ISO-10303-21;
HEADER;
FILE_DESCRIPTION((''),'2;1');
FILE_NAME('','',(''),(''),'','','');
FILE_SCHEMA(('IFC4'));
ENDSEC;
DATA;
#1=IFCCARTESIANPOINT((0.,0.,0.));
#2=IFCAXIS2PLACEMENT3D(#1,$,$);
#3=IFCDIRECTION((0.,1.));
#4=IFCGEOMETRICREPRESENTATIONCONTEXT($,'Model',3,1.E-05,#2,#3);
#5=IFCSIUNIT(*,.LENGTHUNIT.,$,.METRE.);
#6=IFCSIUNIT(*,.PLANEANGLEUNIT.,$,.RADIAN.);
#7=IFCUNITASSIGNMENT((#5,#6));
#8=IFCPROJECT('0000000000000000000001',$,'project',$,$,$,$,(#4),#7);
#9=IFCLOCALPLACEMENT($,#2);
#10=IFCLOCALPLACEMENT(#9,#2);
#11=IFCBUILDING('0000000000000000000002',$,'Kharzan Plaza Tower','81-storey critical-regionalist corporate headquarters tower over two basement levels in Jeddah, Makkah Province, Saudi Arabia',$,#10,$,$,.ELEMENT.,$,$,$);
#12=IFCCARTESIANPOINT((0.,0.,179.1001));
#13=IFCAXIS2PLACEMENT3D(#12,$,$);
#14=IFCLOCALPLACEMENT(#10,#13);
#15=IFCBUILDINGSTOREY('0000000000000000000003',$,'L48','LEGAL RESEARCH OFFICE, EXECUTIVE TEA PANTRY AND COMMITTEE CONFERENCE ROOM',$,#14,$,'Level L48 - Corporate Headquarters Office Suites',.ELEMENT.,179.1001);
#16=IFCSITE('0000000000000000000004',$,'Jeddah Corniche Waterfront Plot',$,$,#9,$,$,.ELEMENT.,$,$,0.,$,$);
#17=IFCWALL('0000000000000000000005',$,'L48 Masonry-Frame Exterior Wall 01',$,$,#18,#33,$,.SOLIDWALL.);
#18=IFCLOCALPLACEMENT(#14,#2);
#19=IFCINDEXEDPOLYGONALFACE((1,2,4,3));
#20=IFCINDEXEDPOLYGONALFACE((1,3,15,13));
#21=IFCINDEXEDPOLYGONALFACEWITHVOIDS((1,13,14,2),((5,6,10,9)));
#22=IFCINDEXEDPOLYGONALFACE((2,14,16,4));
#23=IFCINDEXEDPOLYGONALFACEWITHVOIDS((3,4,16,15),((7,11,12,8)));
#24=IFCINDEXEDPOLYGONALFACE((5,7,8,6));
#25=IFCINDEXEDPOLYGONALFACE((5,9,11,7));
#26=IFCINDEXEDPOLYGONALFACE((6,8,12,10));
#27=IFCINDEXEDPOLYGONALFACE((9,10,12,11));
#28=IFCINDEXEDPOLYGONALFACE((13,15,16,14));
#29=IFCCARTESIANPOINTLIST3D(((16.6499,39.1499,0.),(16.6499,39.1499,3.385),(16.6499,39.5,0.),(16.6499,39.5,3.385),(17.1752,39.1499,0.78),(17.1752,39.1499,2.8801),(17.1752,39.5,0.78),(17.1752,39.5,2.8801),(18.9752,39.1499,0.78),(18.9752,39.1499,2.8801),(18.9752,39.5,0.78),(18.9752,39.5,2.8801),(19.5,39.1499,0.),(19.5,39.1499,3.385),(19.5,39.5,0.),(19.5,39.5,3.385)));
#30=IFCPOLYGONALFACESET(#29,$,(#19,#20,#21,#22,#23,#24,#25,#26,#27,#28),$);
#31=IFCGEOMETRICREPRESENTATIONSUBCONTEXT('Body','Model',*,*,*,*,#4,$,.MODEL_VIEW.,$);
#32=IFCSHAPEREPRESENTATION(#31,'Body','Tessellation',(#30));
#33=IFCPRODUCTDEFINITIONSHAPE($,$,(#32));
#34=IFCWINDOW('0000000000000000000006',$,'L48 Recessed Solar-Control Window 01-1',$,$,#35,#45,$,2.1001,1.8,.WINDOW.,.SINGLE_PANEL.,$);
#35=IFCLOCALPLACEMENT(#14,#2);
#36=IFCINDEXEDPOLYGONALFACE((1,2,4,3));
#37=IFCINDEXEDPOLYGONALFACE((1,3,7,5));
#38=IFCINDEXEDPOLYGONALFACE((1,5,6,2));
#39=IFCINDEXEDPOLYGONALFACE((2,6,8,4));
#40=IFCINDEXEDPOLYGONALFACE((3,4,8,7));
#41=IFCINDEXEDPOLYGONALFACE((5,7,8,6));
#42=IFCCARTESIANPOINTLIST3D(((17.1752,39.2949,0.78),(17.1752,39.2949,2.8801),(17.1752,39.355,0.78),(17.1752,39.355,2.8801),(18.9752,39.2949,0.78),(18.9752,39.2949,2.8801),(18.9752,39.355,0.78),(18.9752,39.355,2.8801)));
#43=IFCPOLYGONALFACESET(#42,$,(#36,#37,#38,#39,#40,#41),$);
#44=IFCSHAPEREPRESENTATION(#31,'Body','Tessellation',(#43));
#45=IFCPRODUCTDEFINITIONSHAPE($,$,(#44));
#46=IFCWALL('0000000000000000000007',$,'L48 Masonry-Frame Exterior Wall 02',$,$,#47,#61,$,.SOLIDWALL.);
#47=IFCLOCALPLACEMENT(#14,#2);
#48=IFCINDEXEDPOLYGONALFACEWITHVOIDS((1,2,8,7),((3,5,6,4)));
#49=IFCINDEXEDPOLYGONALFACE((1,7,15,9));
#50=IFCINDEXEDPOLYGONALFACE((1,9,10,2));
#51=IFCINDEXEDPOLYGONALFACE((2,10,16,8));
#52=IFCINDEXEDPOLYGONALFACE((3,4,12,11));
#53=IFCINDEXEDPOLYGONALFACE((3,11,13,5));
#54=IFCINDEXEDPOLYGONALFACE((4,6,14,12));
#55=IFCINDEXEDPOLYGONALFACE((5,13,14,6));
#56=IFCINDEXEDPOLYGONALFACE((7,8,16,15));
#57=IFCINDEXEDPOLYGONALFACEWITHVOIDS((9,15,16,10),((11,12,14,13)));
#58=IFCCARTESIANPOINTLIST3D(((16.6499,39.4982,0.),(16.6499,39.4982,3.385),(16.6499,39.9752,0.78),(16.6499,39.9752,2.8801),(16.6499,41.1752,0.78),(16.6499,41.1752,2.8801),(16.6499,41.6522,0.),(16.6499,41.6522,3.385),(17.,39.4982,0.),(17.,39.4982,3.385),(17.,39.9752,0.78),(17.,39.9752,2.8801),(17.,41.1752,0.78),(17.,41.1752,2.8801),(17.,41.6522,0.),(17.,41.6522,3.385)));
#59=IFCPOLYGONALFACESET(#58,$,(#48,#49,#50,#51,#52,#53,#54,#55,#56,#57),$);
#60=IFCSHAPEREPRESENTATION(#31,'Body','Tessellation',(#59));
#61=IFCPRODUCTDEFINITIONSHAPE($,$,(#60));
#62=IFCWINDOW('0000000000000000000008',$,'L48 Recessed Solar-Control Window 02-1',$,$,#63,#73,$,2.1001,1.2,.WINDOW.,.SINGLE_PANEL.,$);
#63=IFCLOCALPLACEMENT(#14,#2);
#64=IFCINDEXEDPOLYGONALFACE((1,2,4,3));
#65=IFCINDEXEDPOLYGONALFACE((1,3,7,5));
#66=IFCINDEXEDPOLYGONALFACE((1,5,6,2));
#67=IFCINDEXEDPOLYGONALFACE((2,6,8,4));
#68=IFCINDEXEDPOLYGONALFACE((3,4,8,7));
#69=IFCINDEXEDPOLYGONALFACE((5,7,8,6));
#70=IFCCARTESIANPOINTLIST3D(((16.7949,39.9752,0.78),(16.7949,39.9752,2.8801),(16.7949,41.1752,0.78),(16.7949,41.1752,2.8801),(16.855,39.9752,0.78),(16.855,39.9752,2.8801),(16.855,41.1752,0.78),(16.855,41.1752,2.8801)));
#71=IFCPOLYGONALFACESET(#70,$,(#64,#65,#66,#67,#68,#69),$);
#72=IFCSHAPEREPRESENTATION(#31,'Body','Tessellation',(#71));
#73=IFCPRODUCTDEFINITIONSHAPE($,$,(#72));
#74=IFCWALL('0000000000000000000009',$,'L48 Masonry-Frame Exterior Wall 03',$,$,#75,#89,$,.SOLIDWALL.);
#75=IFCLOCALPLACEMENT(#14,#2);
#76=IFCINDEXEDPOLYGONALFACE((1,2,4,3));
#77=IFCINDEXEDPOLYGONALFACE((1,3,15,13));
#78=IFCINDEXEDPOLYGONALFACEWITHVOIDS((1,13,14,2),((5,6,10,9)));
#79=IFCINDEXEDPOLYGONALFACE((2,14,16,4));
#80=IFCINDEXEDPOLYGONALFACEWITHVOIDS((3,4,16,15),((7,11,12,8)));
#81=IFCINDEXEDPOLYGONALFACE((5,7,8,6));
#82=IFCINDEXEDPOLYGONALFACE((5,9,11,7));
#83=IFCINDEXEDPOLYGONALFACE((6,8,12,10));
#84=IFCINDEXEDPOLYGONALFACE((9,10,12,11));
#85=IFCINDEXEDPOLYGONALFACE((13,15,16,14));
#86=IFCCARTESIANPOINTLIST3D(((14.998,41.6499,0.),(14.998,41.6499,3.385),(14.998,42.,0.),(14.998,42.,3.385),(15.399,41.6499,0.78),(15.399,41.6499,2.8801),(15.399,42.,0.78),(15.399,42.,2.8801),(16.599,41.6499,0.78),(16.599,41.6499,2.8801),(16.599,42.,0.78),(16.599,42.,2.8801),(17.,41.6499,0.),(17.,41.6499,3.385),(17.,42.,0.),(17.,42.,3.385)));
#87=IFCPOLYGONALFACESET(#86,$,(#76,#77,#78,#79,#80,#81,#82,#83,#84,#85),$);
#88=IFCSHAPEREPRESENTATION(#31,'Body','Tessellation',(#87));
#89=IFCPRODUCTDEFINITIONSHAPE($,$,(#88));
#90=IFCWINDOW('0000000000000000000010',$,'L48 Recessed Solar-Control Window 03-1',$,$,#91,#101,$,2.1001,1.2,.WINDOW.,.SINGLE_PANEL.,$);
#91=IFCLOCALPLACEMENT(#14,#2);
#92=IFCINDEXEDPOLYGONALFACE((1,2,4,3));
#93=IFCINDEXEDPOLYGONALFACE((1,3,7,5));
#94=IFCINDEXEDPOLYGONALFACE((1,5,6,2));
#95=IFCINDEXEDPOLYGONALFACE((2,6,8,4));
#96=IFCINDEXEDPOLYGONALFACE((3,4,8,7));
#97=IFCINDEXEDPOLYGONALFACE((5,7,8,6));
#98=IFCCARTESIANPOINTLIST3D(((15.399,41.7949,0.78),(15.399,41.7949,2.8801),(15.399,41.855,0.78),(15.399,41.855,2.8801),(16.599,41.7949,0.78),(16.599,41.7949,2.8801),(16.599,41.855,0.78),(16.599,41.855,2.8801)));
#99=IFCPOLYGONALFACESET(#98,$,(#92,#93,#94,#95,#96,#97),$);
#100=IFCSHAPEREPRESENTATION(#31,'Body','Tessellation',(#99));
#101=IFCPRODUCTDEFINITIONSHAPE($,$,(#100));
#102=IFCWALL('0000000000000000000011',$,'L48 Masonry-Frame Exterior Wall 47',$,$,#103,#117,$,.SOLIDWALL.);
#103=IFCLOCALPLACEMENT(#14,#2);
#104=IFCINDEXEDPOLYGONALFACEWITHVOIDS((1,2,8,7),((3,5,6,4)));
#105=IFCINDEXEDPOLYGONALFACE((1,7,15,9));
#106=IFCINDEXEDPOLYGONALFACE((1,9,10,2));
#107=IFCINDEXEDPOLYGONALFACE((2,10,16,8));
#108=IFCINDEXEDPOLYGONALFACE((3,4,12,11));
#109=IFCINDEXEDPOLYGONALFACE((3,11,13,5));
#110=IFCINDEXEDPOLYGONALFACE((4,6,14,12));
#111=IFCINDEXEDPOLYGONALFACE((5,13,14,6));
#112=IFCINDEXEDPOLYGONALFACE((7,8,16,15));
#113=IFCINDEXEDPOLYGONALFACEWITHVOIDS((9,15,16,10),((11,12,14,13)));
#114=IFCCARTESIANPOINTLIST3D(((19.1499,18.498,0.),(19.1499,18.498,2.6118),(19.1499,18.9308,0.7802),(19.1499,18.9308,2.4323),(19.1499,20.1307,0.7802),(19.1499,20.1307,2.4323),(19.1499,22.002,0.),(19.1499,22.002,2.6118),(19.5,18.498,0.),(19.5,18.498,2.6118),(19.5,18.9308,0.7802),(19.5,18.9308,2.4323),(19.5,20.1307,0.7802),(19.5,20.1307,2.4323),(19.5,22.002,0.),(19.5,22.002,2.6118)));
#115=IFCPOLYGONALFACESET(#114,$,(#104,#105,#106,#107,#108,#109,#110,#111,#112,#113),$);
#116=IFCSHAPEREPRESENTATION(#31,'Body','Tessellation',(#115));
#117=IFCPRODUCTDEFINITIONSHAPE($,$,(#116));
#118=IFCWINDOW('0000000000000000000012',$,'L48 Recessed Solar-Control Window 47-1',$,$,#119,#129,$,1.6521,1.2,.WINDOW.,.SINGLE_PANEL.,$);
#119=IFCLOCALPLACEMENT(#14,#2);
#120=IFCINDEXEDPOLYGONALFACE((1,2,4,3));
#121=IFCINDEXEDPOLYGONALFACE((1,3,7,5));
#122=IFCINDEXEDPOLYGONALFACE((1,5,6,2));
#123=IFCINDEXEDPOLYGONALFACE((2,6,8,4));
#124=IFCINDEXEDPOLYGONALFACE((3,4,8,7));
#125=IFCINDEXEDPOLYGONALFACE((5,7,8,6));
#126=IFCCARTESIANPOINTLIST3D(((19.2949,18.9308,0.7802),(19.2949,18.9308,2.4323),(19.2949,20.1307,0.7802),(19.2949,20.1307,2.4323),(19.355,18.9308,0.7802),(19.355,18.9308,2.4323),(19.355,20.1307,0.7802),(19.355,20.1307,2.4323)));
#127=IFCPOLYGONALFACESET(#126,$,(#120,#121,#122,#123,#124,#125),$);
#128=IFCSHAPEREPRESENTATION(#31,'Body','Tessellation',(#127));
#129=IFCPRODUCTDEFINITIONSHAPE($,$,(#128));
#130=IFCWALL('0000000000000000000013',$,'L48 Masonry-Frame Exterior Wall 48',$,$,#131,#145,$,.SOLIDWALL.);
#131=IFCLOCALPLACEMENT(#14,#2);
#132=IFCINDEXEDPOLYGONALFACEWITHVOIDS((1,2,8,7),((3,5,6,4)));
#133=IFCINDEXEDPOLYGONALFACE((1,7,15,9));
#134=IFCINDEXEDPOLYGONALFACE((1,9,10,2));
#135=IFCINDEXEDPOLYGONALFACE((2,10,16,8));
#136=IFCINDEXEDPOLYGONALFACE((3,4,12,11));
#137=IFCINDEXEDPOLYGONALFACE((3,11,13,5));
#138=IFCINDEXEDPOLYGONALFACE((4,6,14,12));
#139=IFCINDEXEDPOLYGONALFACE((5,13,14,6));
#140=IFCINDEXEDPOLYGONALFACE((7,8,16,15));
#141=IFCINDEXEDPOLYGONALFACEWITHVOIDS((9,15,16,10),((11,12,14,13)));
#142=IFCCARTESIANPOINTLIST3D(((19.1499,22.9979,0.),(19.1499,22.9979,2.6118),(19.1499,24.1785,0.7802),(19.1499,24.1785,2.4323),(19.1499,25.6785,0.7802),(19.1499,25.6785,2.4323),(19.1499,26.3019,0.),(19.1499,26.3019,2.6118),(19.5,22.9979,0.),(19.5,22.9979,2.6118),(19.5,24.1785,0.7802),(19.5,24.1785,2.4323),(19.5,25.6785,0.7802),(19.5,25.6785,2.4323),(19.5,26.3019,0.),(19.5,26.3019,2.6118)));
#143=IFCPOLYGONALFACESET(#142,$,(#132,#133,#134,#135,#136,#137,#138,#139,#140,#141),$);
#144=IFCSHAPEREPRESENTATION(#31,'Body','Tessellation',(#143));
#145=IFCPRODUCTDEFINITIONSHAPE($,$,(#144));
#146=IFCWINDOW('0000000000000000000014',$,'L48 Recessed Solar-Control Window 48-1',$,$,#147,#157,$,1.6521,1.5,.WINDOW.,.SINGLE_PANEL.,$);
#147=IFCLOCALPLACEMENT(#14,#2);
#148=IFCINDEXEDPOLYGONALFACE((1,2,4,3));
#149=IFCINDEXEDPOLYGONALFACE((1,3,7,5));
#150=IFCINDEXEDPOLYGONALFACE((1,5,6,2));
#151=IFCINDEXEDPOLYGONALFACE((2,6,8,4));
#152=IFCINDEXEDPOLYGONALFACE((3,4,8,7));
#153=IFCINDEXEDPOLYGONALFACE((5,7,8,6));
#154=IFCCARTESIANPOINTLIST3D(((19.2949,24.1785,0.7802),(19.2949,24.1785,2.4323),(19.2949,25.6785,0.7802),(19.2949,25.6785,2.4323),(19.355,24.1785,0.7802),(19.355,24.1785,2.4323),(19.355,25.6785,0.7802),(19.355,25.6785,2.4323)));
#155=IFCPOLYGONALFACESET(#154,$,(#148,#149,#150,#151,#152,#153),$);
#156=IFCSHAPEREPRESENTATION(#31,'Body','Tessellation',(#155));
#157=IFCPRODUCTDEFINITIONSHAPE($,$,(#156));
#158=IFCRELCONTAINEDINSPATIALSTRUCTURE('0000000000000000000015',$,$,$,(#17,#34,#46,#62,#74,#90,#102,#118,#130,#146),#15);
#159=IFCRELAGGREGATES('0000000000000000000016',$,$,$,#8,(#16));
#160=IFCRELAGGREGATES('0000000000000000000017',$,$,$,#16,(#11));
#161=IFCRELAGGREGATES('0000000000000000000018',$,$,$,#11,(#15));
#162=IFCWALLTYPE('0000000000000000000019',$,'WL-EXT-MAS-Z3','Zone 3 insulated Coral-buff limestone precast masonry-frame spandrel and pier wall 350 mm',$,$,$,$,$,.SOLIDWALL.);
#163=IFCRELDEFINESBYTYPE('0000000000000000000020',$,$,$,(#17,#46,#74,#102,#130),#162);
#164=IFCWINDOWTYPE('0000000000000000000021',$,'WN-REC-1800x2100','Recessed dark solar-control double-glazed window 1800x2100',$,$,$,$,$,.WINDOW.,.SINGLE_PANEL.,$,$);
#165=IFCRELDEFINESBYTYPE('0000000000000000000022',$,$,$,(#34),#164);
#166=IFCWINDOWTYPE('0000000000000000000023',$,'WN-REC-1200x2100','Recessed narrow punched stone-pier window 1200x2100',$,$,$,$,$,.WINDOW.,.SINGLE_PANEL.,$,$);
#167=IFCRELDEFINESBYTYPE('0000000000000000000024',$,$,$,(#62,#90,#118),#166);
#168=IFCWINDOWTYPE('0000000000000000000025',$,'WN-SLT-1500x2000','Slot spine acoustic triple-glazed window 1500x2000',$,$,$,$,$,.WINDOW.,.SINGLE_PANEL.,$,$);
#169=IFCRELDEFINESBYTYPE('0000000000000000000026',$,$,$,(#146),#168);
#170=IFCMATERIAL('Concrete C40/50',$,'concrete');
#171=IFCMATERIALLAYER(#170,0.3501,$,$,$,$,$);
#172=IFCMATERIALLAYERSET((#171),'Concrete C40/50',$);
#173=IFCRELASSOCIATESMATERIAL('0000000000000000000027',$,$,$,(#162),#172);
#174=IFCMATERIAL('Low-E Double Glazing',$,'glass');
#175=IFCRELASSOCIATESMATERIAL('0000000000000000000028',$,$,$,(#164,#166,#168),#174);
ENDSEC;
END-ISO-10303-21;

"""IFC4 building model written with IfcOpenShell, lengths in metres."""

from ifc_helpers import new_model, si_unit, direction, frame, frame_2d, origin, place, context, subcontext, project, spatial, rectangle, extrude, source, transform, mapped, material, layer, layer_set, type_object, element, fill, save


model = new_model("IFC4")

# Units and contexts
model_context = context("Model", 3, precision=1e-05, world=origin(), true_north=direction((0.0, 1.0)))
body_context = subcontext(model_context, "Body", "Model", "MODEL_VIEW")
ifc_project = project(units=[si_unit("LENGTHUNIT", "METRE"), si_unit("PLANEANGLEUNIT", "RADIAN")], contexts=[model_context])

# Site, building, storey
site_placement = place(None, origin())
site = spatial("IfcSite", under=ifc_project, at=site_placement, Name="Jeddah Corniche Waterfront Plot", CompositionType="ELEMENT", RefElevation=0.0)
building_placement = place(site_placement, origin())
building = spatial("IfcBuilding", under=site, at=building_placement, Name="Kharzan Plaza Tower", Description="81-storey critical-regionalist corporate headquarters tower over two basement levels in Jeddah, Makkah Province, Saudi Arabia", CompositionType="ELEMENT")
storey_placement = place(building_placement, frame((0.0, 0.0, 179.1001)))
storey = spatial("IfcBuildingStorey", under=building, at=storey_placement, Name="L48", Description="LEGAL RESEARCH OFFICE, EXECUTIVE TEA PANTRY AND COMMITTEE CONFERENCE ROOM", LongName="Level L48 - Corporate Headquarters Office Suites", CompositionType="ELEMENT", Elevation=179.1001)

# Walls, openings, windows
ifc_material_1 = material(Name="Concrete C40/50", Category="concrete")
ifc_layer_1 = layer(ifc_material_1, 0.3501)
ifc_layer_set_1 = layer_set([ifc_layer_1], Name="Concrete C40/50")
wall_type_1 = type_object("IfcWallType", Name="WL-EXT-MAS-Z3", Description="Zone 3 insulated Coral-buff limestone precast masonry-frame spandrel and pier wall 350 mm", PredefinedType="SOLIDWALL", material=ifc_layer_set_1)
wall_1_placement = place(storey_placement, frame((19.5, 39.325, 0.0), z_axis=(0.0, 0.0, 1.0), x_axis=(-1.0, 0.0, 0.0)))
wall_1 = element("IfcWall", 1, at=wall_1_placement, inside=storey, type_object=wall_type_1, Name="L48 Masonry-Frame Exterior Wall 01", PredefinedType="SOLIDWALL", context=body_context, shape_type="SweptSolid", body=[
    extrude(rectangle(XDim=2.8501, YDim=0.3501, at=frame_2d((1.425, 0.0))), origin(), (0.0, 0.0, 1.0), 3.385),
])
opening_1_placement = place(wall_1_placement, frame((0.5249, 0.0, 0.78)))
opening_1 = element("IfcOpeningElement", 2, at=opening_1_placement, cuts=wall_1, PredefinedType="OPENING", context=body_context, shape_type="SweptSolid", body=[
    extrude(rectangle(XDim=1.8, YDim=2.1001, at=frame_2d((0.8999, 1.05))), frame((0.0, 0.1851, 0.0), z_axis=(0.0, -1.0, 0.0), x_axis=(1.0, 0.0, 0.0)), (0.0, 0.0, 1.0), 0.3701),
])
ifc_material_2 = material(Name="Low-E Double Glazing", Category="glass")
window_type_1 = type_object("IfcWindowType", Name="WN-REC-1800x2100", Description="Recessed dark solar-control double-glazed window 1800x2100", PartitioningType="SINGLE_PANEL", PredefinedType="WINDOW", material=ifc_material_2)
shared_shape_1 = source(origin(), body_context, "Body", "SweptSolid", [
    extrude(rectangle(XDim=1.8, YDim=2.1001, at=frame_2d((0.8999, 1.05))), frame((0.0, 0.03, 0.0), z_axis=(0.0, -1.0, 0.0), x_axis=(1.0, 0.0, 0.0)), (0.0, 0.0, 1.0), 0.0601),
])
window_1_placement = place(opening_1_placement, origin())
window_1 = element("IfcWindow", 3, at=window_1_placement, inside=storey, type_object=window_type_1, Name="L48 Recessed Solar-Control Window 01-1", OverallHeight=2.1001, OverallWidth=1.8, PartitioningType="SINGLE_PANEL", PredefinedType="WINDOW", context=body_context, shape_type="MappedRepresentation", body=[
    mapped(shared_shape_1, transform((0.0, 0.0, 0.0), x_axis=(1.0, 0.0, 0.0), y_axis=(0.0, 1.0, 0.0), z_axis=(0.0, 0.0, 1.0))),
])
fill(opening_1, window_1)
wall_2_placement = place(storey_placement, frame((16.825, 39.498, 0.0), z_axis=(0.0, 0.0, 1.0), x_axis=(0.0, 1.0, 0.0)))
wall_2 = element("IfcWall", 4, at=wall_2_placement, inside=storey, type_object=wall_type_1, Name="L48 Masonry-Frame Exterior Wall 02", PredefinedType="SOLIDWALL", context=body_context, shape_type="SweptSolid", body=[
    extrude(rectangle(XDim=2.1541, YDim=0.3501, at=frame_2d((1.0771, 0.0))), origin(), (0.0, 0.0, 1.0), 3.385),
])
opening_2_placement = place(wall_2_placement, frame((0.4771, 0.0, 0.78)))
opening_2 = element("IfcOpeningElement", 5, at=opening_2_placement, cuts=wall_2, PredefinedType="OPENING", context=body_context, shape_type="SweptSolid", body=[
    extrude(rectangle(XDim=1.2, YDim=2.1001, at=frame_2d((0.6001, 1.05))), frame((0.0, 0.1851, 0.0), z_axis=(0.0, -1.0, 0.0), x_axis=(1.0, 0.0, 0.0)), (0.0, 0.0, 1.0), 0.3701),
])
window_type_2 = type_object("IfcWindowType", Name="WN-REC-1200x2100", Description="Recessed narrow punched stone-pier window 1200x2100", PartitioningType="SINGLE_PANEL", PredefinedType="WINDOW", material=ifc_material_2)
shared_shape_2 = source(origin(), body_context, "Body", "SweptSolid", [
    extrude(rectangle(XDim=1.2, YDim=2.1001, at=frame_2d((0.6001, 1.05))), frame((0.0, 0.03, 0.0), z_axis=(0.0, -1.0, 0.0), x_axis=(1.0, 0.0, 0.0)), (0.0, 0.0, 1.0), 0.0601),
])
window_2_placement = place(opening_2_placement, origin())
window_2 = element("IfcWindow", 6, at=window_2_placement, inside=storey, type_object=window_type_2, Name="L48 Recessed Solar-Control Window 02-1", OverallHeight=2.1001, OverallWidth=1.2, PartitioningType="SINGLE_PANEL", PredefinedType="WINDOW", context=body_context, shape_type="MappedRepresentation", body=[
    mapped(shared_shape_2, transform((0.0, 0.0, 0.0), x_axis=(1.0, 0.0, 0.0), y_axis=(0.0, 1.0, 0.0), z_axis=(0.0, 0.0, 1.0))),
])
fill(opening_2, window_2)
wall_3_placement = place(storey_placement, frame((17.0, 41.825, 0.0), z_axis=(0.0, 0.0, 1.0), x_axis=(-1.0, 0.0, 0.0)))
wall_3 = element("IfcWall", 7, at=wall_3_placement, inside=storey, type_object=wall_type_1, Name="L48 Masonry-Frame Exterior Wall 03", PredefinedType="SOLIDWALL", context=body_context, shape_type="SweptSolid", body=[
    extrude(rectangle(XDim=2.002, YDim=0.3501, at=frame_2d((1.001, 0.0))), origin(), (0.0, 0.0, 1.0), 3.385),
])
opening_3_placement = place(wall_3_placement, frame((0.4009, 0.0, 0.78)))
opening_3 = element("IfcOpeningElement", 8, at=opening_3_placement, cuts=wall_3, PredefinedType="OPENING", context=body_context, shape_type="SweptSolid", body=[
    extrude(rectangle(XDim=1.2, YDim=2.1001, at=frame_2d((0.6001, 1.05))), frame((0.0, 0.1851, 0.0), z_axis=(0.0, -1.0, 0.0), x_axis=(1.0, 0.0, 0.0)), (0.0, 0.0, 1.0), 0.3701),
])
window_3_placement = place(opening_3_placement, origin())
window_3 = element("IfcWindow", 9, at=window_3_placement, inside=storey, type_object=window_type_2, Name="L48 Recessed Solar-Control Window 03-1", OverallHeight=2.1001, OverallWidth=1.2, PartitioningType="SINGLE_PANEL", PredefinedType="WINDOW", context=body_context, shape_type="MappedRepresentation", body=[
    mapped(shared_shape_2, transform((0.0, 0.0, 0.0), x_axis=(1.0, 0.0, 0.0), y_axis=(0.0, 1.0, 0.0), z_axis=(0.0, 0.0, 1.0))),
])
fill(opening_3, window_3)
wall_4_placement = place(storey_placement, frame((19.325, 18.498, 0.0), z_axis=(0.0, 0.0, 1.0), x_axis=(0.0, 1.0, 0.0)))
wall_4 = element("IfcWall", 10, at=wall_4_placement, inside=storey, type_object=wall_type_1, Name="L48 Masonry-Frame Exterior Wall 47", PredefinedType="SOLIDWALL", context=body_context, shape_type="SweptSolid", body=[
    extrude(rectangle(XDim=3.5039, YDim=0.3501, at=frame_2d((1.752, 0.0))), origin(), (0.0, 0.0, 1.0), 2.6118),
])
opening_4_placement = place(wall_4_placement, frame((0.4326, 0.0, 0.78)))
opening_4 = element("IfcOpeningElement", 11, at=opening_4_placement, cuts=wall_4, PredefinedType="OPENING", context=body_context, shape_type="SweptSolid", body=[
    extrude(rectangle(XDim=1.2, YDim=1.6521, at=frame_2d((0.6001, 0.8262))), frame((0.0, 0.1851, 0.0), z_axis=(0.0, -1.0, 0.0), x_axis=(1.0, 0.0, 0.0)), (0.0, 0.0, 1.0), 0.3701),
])
shared_shape_3 = source(origin(), body_context, "Body", "SweptSolid", [
    extrude(rectangle(XDim=1.2, YDim=1.6521, at=frame_2d((0.6001, 0.8262))), frame((0.0, 0.03, 0.0), z_axis=(0.0, -1.0, 0.0), x_axis=(1.0, 0.0, 0.0)), (0.0, 0.0, 1.0), 0.0601),
])
window_4_placement = place(opening_4_placement, origin())
window_4 = element("IfcWindow", 12, at=window_4_placement, inside=storey, type_object=window_type_2, Name="L48 Recessed Solar-Control Window 47-1", OverallHeight=1.6521, OverallWidth=1.2, PartitioningType="SINGLE_PANEL", PredefinedType="WINDOW", context=body_context, shape_type="MappedRepresentation", body=[
    mapped(shared_shape_3, transform((0.0, 0.0, 0.0), x_axis=(1.0, 0.0, 0.0), y_axis=(0.0, 1.0, 0.0), z_axis=(0.0, 0.0, 1.0))),
])
fill(opening_4, window_4)
wall_5_placement = place(storey_placement, frame((19.325, 22.998, 0.0), z_axis=(0.0, 0.0, 1.0), x_axis=(0.0, 1.0, 0.0)))
wall_5 = element("IfcWall", 13, at=wall_5_placement, inside=storey, type_object=wall_type_1, Name="L48 Masonry-Frame Exterior Wall 48", PredefinedType="SOLIDWALL", context=body_context, shape_type="SweptSolid", body=[
    extrude(rectangle(XDim=3.304, YDim=0.3501, at=frame_2d((1.6519, 0.0))), origin(), (0.0, 0.0, 1.0), 2.6118),
])
opening_5_placement = place(wall_5_placement, frame((1.1804, 0.0, 0.78)))
opening_5 = element("IfcOpeningElement", 14, at=opening_5_placement, cuts=wall_5, PredefinedType="OPENING", context=body_context, shape_type="SweptSolid", body=[
    extrude(rectangle(XDim=1.5, YDim=1.6521, at=frame_2d((0.75, 0.8262))), frame((0.0, 0.1851, 0.0), z_axis=(0.0, -1.0, 0.0), x_axis=(1.0, 0.0, 0.0)), (0.0, 0.0, 1.0), 0.3701),
])
window_type_3 = type_object("IfcWindowType", Name="WN-SLT-1500x2000", Description="Slot spine acoustic triple-glazed window 1500x2000", PartitioningType="SINGLE_PANEL", PredefinedType="WINDOW", material=ifc_material_2)
shared_shape_4 = source(origin(), body_context, "Body", "SweptSolid", [
    extrude(rectangle(XDim=1.5, YDim=1.6521, at=frame_2d((0.75, 0.8262))), frame((0.0, 0.03, 0.0), z_axis=(0.0, -1.0, 0.0), x_axis=(1.0, 0.0, 0.0)), (0.0, 0.0, 1.0), 0.0601),
])
window_5_placement = place(opening_5_placement, origin())
window_5 = element("IfcWindow", 15, at=window_5_placement, inside=storey, type_object=window_type_3, Name="L48 Recessed Solar-Control Window 48-1", OverallHeight=1.6521, OverallWidth=1.5, PartitioningType="SINGLE_PANEL", PredefinedType="WINDOW", context=body_context, shape_type="MappedRepresentation", body=[
    mapped(shared_shape_4, transform((0.0, 0.0, 0.0), x_axis=(1.0, 0.0, 0.0), y_axis=(0.0, 1.0, 0.0), z_axis=(0.0, 0.0, 1.0))),
])
fill(opening_5, window_5)

save(model, "model.ifc")
